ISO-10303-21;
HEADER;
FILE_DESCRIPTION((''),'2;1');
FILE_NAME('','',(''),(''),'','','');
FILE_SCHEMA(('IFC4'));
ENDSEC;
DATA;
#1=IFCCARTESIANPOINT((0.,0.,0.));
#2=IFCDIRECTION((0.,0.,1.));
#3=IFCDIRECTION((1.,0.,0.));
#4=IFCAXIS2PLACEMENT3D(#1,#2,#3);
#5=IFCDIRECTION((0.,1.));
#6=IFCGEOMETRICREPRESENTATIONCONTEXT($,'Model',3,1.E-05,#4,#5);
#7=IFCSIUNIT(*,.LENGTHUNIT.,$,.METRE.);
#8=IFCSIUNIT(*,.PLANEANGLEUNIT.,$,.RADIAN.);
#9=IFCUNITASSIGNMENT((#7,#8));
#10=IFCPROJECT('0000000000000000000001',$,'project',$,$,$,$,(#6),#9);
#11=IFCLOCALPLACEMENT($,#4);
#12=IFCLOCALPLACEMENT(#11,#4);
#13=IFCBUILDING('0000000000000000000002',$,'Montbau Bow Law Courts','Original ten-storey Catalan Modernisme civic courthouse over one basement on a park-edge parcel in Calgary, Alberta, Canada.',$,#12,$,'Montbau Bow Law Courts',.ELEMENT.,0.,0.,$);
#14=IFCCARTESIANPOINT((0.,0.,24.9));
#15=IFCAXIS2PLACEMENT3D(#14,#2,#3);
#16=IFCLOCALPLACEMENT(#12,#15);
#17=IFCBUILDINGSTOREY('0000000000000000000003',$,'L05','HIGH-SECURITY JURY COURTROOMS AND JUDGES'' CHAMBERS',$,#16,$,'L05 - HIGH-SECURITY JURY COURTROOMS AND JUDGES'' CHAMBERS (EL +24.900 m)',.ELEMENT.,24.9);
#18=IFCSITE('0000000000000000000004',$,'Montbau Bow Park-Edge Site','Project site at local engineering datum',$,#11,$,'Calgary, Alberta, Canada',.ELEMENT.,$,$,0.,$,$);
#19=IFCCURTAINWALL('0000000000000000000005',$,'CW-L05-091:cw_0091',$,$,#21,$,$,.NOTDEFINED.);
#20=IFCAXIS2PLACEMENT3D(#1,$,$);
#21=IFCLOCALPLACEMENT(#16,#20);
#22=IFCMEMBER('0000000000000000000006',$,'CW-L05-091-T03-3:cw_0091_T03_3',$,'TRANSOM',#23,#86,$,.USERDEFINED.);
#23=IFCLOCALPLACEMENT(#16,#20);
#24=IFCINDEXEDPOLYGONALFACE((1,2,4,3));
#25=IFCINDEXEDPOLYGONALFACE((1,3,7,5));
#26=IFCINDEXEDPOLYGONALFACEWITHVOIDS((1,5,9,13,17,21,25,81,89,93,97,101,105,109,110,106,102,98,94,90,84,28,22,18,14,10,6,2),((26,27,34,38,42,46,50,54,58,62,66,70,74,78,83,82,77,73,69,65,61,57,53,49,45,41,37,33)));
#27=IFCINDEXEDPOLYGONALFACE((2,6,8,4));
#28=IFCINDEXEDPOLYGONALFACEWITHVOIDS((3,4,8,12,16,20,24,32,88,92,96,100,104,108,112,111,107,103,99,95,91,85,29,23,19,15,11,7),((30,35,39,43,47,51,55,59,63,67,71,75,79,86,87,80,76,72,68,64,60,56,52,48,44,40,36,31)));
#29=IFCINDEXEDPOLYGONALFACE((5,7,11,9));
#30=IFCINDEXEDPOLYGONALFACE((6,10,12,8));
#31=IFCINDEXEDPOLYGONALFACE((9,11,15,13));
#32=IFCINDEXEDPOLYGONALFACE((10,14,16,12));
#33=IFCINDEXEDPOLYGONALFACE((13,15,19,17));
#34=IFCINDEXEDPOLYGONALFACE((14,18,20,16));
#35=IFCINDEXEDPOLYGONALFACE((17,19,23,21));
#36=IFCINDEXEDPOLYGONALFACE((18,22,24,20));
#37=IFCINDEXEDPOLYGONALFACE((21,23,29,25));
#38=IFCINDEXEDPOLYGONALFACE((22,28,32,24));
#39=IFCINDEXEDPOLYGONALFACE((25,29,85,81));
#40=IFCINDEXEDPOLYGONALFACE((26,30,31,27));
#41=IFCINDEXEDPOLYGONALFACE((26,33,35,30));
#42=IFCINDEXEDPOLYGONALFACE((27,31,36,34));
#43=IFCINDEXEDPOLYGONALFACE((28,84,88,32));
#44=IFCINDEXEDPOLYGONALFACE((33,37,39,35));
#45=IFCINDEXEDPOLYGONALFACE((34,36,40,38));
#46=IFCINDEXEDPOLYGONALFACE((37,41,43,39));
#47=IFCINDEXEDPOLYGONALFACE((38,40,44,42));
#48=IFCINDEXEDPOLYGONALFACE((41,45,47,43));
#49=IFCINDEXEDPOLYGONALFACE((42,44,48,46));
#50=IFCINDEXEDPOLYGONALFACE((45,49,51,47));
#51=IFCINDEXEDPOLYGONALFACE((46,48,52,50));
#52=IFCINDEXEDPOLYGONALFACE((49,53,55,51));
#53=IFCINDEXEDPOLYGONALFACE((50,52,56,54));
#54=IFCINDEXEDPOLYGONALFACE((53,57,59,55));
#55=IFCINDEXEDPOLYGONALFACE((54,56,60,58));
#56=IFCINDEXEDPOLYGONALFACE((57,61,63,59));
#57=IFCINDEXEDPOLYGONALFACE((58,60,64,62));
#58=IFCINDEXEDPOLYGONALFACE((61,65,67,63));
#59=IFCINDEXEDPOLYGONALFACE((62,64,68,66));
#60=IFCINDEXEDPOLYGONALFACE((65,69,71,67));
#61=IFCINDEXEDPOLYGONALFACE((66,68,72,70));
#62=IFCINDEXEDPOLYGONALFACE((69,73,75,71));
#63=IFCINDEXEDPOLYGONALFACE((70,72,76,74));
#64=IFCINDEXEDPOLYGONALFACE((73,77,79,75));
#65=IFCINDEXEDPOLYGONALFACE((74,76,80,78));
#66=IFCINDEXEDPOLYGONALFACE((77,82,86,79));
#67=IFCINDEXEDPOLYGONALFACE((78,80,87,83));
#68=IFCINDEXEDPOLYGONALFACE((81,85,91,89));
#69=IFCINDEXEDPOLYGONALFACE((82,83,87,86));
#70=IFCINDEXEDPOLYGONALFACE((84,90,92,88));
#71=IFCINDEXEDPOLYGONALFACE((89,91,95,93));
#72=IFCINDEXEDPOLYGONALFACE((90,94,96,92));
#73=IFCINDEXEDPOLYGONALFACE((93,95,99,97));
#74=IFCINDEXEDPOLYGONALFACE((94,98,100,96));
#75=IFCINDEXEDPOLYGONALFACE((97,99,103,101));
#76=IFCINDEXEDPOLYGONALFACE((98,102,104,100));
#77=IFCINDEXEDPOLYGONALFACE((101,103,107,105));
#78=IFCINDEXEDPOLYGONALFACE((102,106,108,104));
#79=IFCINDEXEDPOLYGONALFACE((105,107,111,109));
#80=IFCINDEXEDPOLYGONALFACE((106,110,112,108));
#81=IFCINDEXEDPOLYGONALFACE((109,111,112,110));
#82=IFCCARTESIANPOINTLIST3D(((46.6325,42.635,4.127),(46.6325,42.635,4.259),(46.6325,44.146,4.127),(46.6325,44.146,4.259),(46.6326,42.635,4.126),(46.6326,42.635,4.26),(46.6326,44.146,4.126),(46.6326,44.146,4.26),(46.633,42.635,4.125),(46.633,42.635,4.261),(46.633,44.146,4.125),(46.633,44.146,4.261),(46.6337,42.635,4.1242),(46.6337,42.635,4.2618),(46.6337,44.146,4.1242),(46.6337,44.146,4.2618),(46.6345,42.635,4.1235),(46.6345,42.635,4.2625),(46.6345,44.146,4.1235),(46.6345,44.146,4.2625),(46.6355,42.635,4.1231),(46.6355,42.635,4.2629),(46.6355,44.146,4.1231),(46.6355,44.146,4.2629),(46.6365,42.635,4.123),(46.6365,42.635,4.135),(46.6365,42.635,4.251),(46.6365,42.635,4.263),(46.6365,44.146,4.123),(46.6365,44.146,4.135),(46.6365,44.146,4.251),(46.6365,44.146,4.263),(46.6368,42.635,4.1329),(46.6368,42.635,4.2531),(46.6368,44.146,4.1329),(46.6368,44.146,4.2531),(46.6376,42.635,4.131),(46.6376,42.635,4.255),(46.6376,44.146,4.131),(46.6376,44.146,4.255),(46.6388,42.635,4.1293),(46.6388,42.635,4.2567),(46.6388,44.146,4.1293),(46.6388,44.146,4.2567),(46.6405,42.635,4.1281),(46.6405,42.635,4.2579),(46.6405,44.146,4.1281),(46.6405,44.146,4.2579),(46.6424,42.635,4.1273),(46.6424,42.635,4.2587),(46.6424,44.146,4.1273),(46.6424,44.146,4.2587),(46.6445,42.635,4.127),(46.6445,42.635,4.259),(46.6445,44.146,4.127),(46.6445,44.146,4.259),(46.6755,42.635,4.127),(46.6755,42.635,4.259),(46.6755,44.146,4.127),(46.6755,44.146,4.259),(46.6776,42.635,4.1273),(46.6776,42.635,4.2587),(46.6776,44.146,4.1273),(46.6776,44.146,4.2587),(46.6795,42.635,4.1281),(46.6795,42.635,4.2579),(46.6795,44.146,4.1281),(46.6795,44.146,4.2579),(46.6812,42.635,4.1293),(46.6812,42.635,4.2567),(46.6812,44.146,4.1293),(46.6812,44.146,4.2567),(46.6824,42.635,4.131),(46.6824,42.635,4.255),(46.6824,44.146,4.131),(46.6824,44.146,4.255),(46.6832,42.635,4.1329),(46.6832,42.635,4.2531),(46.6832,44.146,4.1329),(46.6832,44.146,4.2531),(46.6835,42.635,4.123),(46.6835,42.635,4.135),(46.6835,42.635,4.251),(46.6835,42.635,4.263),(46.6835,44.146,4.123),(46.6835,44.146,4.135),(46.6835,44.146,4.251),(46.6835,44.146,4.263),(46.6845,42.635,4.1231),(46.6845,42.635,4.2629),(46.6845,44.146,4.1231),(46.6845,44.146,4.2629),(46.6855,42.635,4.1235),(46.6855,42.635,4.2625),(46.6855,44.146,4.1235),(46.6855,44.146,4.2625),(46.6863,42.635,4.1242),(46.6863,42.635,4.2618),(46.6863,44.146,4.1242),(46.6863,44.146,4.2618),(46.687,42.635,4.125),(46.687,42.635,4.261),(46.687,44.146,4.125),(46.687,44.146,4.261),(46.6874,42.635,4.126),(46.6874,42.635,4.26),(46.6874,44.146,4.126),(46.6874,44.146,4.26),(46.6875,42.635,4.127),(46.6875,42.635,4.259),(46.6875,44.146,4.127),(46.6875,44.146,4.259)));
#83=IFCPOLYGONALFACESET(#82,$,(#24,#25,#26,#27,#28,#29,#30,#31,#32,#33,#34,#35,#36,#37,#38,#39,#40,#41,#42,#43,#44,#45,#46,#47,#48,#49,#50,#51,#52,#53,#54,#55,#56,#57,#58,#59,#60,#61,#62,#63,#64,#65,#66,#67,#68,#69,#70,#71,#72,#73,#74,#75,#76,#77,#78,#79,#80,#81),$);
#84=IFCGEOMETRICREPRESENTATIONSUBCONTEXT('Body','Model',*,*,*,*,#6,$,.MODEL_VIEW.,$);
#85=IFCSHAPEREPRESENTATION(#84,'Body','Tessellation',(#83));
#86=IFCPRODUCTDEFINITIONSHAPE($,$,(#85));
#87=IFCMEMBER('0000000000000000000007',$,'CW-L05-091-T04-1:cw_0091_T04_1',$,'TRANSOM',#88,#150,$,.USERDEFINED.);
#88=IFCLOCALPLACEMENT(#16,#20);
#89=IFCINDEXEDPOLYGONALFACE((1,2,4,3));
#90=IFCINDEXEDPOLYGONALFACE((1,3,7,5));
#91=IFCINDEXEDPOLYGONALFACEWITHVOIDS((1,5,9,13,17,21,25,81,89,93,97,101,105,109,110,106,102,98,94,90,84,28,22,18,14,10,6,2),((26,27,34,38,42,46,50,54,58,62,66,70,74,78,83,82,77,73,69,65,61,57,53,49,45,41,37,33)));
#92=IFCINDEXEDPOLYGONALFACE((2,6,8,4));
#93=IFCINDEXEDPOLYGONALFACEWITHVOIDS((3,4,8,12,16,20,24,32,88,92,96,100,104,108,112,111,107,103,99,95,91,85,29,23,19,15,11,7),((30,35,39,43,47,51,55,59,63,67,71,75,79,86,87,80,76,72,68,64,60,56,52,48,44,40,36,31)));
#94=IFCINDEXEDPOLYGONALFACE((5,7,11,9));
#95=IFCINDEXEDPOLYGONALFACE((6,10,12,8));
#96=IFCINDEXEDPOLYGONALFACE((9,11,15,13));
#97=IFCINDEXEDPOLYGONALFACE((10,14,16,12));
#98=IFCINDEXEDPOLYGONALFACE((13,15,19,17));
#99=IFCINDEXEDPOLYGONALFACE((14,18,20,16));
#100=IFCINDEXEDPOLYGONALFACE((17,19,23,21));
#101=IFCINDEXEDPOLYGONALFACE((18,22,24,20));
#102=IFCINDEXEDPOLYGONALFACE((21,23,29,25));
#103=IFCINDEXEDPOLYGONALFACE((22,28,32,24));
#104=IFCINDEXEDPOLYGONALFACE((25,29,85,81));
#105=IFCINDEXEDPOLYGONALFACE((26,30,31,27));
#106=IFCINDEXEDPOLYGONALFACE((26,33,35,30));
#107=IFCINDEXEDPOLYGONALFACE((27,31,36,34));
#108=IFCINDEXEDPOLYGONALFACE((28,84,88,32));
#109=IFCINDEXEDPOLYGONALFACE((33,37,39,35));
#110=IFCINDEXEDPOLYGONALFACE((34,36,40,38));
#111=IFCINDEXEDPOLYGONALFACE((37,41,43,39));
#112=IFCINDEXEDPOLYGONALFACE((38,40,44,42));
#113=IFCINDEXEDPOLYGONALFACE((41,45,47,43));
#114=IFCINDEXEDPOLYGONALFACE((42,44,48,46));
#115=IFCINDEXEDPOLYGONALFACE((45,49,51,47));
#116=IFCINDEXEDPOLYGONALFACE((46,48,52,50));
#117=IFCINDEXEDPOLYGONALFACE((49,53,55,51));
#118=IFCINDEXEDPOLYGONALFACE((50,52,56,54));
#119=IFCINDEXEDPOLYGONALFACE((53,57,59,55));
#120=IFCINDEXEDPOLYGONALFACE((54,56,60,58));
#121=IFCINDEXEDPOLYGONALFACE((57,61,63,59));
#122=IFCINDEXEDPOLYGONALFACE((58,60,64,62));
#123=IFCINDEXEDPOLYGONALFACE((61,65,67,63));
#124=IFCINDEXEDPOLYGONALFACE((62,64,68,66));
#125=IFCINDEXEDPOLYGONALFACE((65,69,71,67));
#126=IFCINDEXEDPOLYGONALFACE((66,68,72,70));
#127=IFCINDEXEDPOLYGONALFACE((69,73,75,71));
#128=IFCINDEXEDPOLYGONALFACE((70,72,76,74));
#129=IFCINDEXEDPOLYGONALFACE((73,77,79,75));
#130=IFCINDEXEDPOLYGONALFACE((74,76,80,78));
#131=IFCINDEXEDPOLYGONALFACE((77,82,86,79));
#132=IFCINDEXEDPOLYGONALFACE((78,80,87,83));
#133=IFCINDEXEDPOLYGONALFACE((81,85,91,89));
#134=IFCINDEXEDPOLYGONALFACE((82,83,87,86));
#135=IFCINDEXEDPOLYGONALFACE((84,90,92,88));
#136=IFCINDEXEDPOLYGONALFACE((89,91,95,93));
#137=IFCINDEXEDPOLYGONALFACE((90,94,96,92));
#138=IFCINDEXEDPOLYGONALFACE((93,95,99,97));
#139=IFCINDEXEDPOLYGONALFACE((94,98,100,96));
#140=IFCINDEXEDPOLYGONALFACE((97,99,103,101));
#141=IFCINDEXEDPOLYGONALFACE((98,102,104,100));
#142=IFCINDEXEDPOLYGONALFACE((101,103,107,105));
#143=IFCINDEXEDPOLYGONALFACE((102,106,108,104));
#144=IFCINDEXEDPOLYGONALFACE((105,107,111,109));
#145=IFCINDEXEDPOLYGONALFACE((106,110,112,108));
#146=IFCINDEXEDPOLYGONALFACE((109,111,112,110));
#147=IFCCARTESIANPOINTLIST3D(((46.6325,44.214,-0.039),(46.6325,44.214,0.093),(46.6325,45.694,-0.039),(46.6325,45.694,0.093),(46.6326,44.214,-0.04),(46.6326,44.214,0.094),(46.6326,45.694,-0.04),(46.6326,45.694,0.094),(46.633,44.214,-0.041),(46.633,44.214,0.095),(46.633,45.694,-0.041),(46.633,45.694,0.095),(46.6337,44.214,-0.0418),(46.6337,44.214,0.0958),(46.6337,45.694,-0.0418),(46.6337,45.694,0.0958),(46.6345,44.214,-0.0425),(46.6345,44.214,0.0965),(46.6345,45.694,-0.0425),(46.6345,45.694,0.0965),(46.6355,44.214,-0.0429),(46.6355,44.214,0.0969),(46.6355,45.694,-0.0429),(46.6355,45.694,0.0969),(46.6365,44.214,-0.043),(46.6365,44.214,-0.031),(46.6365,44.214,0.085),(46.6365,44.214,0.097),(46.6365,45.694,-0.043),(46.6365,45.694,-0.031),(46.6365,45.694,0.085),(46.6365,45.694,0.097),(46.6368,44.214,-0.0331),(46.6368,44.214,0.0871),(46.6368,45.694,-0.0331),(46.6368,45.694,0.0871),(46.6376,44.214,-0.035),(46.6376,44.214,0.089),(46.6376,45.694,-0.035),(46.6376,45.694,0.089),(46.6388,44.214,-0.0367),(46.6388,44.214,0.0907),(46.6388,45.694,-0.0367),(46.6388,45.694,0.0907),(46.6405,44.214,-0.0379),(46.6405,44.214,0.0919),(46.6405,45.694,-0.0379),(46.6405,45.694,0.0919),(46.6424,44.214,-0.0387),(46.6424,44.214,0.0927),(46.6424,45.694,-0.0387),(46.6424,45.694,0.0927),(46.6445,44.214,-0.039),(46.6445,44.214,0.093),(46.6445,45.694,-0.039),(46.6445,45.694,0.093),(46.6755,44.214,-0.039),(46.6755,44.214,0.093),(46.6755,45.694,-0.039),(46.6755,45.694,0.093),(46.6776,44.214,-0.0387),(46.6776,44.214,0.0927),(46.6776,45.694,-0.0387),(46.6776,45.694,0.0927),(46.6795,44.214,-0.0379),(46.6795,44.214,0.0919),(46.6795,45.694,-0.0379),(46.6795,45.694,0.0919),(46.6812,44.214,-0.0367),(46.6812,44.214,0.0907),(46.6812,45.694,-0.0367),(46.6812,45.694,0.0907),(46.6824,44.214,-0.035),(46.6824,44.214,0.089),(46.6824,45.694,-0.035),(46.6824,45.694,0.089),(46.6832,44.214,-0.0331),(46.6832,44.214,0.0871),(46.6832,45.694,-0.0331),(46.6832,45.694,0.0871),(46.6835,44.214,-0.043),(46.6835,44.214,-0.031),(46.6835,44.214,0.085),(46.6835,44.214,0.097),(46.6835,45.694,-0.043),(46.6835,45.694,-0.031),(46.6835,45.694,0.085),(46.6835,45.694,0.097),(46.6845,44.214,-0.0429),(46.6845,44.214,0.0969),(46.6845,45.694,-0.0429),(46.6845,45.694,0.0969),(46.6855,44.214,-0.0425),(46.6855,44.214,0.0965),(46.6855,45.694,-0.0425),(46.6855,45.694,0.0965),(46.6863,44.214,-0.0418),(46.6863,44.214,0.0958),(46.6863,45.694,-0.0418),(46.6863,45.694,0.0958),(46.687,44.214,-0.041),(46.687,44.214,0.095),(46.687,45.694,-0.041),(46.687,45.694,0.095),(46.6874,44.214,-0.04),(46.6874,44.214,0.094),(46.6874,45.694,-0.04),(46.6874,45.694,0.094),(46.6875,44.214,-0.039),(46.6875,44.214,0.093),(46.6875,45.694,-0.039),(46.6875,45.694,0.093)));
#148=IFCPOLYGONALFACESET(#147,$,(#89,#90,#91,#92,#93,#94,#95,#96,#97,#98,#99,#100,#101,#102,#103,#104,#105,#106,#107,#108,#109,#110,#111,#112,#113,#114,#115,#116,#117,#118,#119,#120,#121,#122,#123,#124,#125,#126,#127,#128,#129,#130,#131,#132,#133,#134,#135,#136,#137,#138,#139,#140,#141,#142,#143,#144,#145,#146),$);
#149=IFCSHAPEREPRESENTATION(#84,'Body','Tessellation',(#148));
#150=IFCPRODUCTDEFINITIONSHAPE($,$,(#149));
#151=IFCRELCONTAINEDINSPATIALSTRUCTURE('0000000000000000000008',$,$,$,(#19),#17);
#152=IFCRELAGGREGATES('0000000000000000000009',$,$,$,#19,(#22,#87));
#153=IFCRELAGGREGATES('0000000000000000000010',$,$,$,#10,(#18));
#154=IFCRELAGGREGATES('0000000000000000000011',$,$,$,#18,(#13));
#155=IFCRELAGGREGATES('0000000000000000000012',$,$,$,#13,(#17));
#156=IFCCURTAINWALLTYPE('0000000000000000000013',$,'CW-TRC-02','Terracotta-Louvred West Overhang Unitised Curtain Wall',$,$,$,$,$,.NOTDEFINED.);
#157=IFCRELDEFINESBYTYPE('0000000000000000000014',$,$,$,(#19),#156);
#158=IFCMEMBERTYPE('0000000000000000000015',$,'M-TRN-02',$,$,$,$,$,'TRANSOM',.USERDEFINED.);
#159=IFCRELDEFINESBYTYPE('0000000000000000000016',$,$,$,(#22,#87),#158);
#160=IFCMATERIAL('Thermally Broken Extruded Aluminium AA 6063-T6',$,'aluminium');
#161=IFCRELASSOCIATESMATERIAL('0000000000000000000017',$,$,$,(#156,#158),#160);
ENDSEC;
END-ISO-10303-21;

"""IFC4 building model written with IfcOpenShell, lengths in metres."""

from ifc_helpers import new_model, si_unit, direction, frame, origin_with_axes, origin_2d_with_axis, place, context, subcontext, project, spatial, hollow_rectangle, extrude, material, material_profile, profile_set, type_object, element, aggregate, save


model = new_model("IFC4")

# Units and contexts
model_context = context("Model", 3, precision=1e-05, world=origin_with_axes(), true_north=direction((0.0, 1.0)))
body_context = subcontext(model_context, "Body", "Model", "MODEL_VIEW")
ifc_project = project(units=[si_unit("LENGTHUNIT", "METRE"), si_unit("PLANEANGLEUNIT", "RADIAN")], contexts=[model_context])

# Site, building, storey
site_placement = place(None, origin_with_axes())
site = spatial("IfcSite", under=ifc_project, at=site_placement, Name="Montbau Bow Park-Edge Site", Description="Project site at local engineering datum", LongName="Calgary, Alberta, Canada", CompositionType="ELEMENT", RefElevation=0.0)
building_placement = place(site_placement, origin_with_axes())
building = spatial("IfcBuilding", under=site, at=building_placement, Name="Montbau Bow Law Courts", Description="Original ten-storey Catalan Modernisme civic courthouse over one basement on a park-edge parcel in Calgary, Alberta, Canada.", LongName="Montbau Bow Law Courts", CompositionType="ELEMENT", ElevationOfRefHeight=0.0, ElevationOfTerrain=0.0)
storey_placement = place(building_placement, frame((0.0, 0.0, 24.9), z_axis=(0.0, 0.0, 1.0), x_axis=(1.0, 0.0, 0.0)))
storey = spatial("IfcBuildingStorey", under=building, at=storey_placement, Name="L05", Description="HIGH-SECURITY JURY COURTROOMS AND JUDGES' CHAMBERS", LongName="L05 - HIGH-SECURITY JURY COURTROOMS AND JUDGES' CHAMBERS (EL +24.900 m)", CompositionType="ELEMENT", Elevation=24.9)

# Curtain wall
ifc_material_1 = material(Name="Thermally Broken Extruded Aluminium AA 6063-T6", Category="aluminium")
curtain_wall_type = type_object("IfcCurtainWallType", Name="CW-TRC-02", Description="Terracotta-Louvred West Overhang Unitised Curtain Wall", PredefinedType="NOTDEFINED", material=ifc_material_1)
curtain_wall_1_placement = place(None, frame((46.66, 39.44, 24.9), z_axis=(0.0, 0.0, 1.0), x_axis=(1.0, 0.0, 0.0)))
curtain_wall_1 = element("IfcCurtainWall", 1, at=curtain_wall_1_placement, inside=storey, type_object=curtain_wall_type, Name="CW-L05-091:cw_0091", PredefinedType="NOTDEFINED")

# Members
ifc_material_profile_1 = material_profile(ifc_material_1, hollow_rectangle(XDim=0.055, YDim=0.14, WallThickness=0.004, InnerFilletRadius=0.008, OuterFilletRadius=0.004, at=origin_2d_with_axis()), Name="CWT-140X55", Category="Main", Priority=0)
ifc_profile_set_1 = profile_set([ifc_material_profile_1], Name="Thermally Broken Extruded Aluminium AA 6063-T6")
member_type_1 = type_object("IfcMemberType", Name="M-TRN-02", ElementType="TRANSOM", PredefinedType="USERDEFINED", material=ifc_profile_set_1)
member_1_placement = place(None, frame((46.66, 42.635, 29.093), z_axis=(0.0, 1.0, 0.0), x_axis=(-1.0, 0.0, 0.0)))
member_1 = element("IfcMember", 2, at=member_1_placement, type_object=member_type_1, Name="CW-L05-091-T03-3:cw_0091_T03_3", ObjectType="TRANSOM", PredefinedType="USERDEFINED", context=body_context, shape_type="SweptSolid", body=[
    extrude(hollow_rectangle(XDim=0.055, YDim=0.14, WallThickness=0.004, InnerFilletRadius=0.008, OuterFilletRadius=0.004, at=origin_2d_with_axis()), origin_with_axes(), (0.0, 0.0, 1.0), 1.511),
])
member_2_placement = place(None, frame((46.66, 44.214, 24.927), z_axis=(0.0, 1.0, 0.0), x_axis=(-1.0, 0.0, 0.0)))
member_2 = element("IfcMember", 3, at=member_2_placement, type_object=member_type_1, Name="CW-L05-091-T04-1:cw_0091_T04_1", ObjectType="TRANSOM", PredefinedType="USERDEFINED", context=body_context, shape_type="SweptSolid", body=[
    extrude(hollow_rectangle(XDim=0.055, YDim=0.14, WallThickness=0.004, InnerFilletRadius=0.008, OuterFilletRadius=0.004, at=origin_2d_with_axis()), origin_with_axes(), (0.0, 0.0, 1.0), 1.48),
])

aggregate(curtain_wall_1, [member_1, member_2])

save(model, "model.ifc")
